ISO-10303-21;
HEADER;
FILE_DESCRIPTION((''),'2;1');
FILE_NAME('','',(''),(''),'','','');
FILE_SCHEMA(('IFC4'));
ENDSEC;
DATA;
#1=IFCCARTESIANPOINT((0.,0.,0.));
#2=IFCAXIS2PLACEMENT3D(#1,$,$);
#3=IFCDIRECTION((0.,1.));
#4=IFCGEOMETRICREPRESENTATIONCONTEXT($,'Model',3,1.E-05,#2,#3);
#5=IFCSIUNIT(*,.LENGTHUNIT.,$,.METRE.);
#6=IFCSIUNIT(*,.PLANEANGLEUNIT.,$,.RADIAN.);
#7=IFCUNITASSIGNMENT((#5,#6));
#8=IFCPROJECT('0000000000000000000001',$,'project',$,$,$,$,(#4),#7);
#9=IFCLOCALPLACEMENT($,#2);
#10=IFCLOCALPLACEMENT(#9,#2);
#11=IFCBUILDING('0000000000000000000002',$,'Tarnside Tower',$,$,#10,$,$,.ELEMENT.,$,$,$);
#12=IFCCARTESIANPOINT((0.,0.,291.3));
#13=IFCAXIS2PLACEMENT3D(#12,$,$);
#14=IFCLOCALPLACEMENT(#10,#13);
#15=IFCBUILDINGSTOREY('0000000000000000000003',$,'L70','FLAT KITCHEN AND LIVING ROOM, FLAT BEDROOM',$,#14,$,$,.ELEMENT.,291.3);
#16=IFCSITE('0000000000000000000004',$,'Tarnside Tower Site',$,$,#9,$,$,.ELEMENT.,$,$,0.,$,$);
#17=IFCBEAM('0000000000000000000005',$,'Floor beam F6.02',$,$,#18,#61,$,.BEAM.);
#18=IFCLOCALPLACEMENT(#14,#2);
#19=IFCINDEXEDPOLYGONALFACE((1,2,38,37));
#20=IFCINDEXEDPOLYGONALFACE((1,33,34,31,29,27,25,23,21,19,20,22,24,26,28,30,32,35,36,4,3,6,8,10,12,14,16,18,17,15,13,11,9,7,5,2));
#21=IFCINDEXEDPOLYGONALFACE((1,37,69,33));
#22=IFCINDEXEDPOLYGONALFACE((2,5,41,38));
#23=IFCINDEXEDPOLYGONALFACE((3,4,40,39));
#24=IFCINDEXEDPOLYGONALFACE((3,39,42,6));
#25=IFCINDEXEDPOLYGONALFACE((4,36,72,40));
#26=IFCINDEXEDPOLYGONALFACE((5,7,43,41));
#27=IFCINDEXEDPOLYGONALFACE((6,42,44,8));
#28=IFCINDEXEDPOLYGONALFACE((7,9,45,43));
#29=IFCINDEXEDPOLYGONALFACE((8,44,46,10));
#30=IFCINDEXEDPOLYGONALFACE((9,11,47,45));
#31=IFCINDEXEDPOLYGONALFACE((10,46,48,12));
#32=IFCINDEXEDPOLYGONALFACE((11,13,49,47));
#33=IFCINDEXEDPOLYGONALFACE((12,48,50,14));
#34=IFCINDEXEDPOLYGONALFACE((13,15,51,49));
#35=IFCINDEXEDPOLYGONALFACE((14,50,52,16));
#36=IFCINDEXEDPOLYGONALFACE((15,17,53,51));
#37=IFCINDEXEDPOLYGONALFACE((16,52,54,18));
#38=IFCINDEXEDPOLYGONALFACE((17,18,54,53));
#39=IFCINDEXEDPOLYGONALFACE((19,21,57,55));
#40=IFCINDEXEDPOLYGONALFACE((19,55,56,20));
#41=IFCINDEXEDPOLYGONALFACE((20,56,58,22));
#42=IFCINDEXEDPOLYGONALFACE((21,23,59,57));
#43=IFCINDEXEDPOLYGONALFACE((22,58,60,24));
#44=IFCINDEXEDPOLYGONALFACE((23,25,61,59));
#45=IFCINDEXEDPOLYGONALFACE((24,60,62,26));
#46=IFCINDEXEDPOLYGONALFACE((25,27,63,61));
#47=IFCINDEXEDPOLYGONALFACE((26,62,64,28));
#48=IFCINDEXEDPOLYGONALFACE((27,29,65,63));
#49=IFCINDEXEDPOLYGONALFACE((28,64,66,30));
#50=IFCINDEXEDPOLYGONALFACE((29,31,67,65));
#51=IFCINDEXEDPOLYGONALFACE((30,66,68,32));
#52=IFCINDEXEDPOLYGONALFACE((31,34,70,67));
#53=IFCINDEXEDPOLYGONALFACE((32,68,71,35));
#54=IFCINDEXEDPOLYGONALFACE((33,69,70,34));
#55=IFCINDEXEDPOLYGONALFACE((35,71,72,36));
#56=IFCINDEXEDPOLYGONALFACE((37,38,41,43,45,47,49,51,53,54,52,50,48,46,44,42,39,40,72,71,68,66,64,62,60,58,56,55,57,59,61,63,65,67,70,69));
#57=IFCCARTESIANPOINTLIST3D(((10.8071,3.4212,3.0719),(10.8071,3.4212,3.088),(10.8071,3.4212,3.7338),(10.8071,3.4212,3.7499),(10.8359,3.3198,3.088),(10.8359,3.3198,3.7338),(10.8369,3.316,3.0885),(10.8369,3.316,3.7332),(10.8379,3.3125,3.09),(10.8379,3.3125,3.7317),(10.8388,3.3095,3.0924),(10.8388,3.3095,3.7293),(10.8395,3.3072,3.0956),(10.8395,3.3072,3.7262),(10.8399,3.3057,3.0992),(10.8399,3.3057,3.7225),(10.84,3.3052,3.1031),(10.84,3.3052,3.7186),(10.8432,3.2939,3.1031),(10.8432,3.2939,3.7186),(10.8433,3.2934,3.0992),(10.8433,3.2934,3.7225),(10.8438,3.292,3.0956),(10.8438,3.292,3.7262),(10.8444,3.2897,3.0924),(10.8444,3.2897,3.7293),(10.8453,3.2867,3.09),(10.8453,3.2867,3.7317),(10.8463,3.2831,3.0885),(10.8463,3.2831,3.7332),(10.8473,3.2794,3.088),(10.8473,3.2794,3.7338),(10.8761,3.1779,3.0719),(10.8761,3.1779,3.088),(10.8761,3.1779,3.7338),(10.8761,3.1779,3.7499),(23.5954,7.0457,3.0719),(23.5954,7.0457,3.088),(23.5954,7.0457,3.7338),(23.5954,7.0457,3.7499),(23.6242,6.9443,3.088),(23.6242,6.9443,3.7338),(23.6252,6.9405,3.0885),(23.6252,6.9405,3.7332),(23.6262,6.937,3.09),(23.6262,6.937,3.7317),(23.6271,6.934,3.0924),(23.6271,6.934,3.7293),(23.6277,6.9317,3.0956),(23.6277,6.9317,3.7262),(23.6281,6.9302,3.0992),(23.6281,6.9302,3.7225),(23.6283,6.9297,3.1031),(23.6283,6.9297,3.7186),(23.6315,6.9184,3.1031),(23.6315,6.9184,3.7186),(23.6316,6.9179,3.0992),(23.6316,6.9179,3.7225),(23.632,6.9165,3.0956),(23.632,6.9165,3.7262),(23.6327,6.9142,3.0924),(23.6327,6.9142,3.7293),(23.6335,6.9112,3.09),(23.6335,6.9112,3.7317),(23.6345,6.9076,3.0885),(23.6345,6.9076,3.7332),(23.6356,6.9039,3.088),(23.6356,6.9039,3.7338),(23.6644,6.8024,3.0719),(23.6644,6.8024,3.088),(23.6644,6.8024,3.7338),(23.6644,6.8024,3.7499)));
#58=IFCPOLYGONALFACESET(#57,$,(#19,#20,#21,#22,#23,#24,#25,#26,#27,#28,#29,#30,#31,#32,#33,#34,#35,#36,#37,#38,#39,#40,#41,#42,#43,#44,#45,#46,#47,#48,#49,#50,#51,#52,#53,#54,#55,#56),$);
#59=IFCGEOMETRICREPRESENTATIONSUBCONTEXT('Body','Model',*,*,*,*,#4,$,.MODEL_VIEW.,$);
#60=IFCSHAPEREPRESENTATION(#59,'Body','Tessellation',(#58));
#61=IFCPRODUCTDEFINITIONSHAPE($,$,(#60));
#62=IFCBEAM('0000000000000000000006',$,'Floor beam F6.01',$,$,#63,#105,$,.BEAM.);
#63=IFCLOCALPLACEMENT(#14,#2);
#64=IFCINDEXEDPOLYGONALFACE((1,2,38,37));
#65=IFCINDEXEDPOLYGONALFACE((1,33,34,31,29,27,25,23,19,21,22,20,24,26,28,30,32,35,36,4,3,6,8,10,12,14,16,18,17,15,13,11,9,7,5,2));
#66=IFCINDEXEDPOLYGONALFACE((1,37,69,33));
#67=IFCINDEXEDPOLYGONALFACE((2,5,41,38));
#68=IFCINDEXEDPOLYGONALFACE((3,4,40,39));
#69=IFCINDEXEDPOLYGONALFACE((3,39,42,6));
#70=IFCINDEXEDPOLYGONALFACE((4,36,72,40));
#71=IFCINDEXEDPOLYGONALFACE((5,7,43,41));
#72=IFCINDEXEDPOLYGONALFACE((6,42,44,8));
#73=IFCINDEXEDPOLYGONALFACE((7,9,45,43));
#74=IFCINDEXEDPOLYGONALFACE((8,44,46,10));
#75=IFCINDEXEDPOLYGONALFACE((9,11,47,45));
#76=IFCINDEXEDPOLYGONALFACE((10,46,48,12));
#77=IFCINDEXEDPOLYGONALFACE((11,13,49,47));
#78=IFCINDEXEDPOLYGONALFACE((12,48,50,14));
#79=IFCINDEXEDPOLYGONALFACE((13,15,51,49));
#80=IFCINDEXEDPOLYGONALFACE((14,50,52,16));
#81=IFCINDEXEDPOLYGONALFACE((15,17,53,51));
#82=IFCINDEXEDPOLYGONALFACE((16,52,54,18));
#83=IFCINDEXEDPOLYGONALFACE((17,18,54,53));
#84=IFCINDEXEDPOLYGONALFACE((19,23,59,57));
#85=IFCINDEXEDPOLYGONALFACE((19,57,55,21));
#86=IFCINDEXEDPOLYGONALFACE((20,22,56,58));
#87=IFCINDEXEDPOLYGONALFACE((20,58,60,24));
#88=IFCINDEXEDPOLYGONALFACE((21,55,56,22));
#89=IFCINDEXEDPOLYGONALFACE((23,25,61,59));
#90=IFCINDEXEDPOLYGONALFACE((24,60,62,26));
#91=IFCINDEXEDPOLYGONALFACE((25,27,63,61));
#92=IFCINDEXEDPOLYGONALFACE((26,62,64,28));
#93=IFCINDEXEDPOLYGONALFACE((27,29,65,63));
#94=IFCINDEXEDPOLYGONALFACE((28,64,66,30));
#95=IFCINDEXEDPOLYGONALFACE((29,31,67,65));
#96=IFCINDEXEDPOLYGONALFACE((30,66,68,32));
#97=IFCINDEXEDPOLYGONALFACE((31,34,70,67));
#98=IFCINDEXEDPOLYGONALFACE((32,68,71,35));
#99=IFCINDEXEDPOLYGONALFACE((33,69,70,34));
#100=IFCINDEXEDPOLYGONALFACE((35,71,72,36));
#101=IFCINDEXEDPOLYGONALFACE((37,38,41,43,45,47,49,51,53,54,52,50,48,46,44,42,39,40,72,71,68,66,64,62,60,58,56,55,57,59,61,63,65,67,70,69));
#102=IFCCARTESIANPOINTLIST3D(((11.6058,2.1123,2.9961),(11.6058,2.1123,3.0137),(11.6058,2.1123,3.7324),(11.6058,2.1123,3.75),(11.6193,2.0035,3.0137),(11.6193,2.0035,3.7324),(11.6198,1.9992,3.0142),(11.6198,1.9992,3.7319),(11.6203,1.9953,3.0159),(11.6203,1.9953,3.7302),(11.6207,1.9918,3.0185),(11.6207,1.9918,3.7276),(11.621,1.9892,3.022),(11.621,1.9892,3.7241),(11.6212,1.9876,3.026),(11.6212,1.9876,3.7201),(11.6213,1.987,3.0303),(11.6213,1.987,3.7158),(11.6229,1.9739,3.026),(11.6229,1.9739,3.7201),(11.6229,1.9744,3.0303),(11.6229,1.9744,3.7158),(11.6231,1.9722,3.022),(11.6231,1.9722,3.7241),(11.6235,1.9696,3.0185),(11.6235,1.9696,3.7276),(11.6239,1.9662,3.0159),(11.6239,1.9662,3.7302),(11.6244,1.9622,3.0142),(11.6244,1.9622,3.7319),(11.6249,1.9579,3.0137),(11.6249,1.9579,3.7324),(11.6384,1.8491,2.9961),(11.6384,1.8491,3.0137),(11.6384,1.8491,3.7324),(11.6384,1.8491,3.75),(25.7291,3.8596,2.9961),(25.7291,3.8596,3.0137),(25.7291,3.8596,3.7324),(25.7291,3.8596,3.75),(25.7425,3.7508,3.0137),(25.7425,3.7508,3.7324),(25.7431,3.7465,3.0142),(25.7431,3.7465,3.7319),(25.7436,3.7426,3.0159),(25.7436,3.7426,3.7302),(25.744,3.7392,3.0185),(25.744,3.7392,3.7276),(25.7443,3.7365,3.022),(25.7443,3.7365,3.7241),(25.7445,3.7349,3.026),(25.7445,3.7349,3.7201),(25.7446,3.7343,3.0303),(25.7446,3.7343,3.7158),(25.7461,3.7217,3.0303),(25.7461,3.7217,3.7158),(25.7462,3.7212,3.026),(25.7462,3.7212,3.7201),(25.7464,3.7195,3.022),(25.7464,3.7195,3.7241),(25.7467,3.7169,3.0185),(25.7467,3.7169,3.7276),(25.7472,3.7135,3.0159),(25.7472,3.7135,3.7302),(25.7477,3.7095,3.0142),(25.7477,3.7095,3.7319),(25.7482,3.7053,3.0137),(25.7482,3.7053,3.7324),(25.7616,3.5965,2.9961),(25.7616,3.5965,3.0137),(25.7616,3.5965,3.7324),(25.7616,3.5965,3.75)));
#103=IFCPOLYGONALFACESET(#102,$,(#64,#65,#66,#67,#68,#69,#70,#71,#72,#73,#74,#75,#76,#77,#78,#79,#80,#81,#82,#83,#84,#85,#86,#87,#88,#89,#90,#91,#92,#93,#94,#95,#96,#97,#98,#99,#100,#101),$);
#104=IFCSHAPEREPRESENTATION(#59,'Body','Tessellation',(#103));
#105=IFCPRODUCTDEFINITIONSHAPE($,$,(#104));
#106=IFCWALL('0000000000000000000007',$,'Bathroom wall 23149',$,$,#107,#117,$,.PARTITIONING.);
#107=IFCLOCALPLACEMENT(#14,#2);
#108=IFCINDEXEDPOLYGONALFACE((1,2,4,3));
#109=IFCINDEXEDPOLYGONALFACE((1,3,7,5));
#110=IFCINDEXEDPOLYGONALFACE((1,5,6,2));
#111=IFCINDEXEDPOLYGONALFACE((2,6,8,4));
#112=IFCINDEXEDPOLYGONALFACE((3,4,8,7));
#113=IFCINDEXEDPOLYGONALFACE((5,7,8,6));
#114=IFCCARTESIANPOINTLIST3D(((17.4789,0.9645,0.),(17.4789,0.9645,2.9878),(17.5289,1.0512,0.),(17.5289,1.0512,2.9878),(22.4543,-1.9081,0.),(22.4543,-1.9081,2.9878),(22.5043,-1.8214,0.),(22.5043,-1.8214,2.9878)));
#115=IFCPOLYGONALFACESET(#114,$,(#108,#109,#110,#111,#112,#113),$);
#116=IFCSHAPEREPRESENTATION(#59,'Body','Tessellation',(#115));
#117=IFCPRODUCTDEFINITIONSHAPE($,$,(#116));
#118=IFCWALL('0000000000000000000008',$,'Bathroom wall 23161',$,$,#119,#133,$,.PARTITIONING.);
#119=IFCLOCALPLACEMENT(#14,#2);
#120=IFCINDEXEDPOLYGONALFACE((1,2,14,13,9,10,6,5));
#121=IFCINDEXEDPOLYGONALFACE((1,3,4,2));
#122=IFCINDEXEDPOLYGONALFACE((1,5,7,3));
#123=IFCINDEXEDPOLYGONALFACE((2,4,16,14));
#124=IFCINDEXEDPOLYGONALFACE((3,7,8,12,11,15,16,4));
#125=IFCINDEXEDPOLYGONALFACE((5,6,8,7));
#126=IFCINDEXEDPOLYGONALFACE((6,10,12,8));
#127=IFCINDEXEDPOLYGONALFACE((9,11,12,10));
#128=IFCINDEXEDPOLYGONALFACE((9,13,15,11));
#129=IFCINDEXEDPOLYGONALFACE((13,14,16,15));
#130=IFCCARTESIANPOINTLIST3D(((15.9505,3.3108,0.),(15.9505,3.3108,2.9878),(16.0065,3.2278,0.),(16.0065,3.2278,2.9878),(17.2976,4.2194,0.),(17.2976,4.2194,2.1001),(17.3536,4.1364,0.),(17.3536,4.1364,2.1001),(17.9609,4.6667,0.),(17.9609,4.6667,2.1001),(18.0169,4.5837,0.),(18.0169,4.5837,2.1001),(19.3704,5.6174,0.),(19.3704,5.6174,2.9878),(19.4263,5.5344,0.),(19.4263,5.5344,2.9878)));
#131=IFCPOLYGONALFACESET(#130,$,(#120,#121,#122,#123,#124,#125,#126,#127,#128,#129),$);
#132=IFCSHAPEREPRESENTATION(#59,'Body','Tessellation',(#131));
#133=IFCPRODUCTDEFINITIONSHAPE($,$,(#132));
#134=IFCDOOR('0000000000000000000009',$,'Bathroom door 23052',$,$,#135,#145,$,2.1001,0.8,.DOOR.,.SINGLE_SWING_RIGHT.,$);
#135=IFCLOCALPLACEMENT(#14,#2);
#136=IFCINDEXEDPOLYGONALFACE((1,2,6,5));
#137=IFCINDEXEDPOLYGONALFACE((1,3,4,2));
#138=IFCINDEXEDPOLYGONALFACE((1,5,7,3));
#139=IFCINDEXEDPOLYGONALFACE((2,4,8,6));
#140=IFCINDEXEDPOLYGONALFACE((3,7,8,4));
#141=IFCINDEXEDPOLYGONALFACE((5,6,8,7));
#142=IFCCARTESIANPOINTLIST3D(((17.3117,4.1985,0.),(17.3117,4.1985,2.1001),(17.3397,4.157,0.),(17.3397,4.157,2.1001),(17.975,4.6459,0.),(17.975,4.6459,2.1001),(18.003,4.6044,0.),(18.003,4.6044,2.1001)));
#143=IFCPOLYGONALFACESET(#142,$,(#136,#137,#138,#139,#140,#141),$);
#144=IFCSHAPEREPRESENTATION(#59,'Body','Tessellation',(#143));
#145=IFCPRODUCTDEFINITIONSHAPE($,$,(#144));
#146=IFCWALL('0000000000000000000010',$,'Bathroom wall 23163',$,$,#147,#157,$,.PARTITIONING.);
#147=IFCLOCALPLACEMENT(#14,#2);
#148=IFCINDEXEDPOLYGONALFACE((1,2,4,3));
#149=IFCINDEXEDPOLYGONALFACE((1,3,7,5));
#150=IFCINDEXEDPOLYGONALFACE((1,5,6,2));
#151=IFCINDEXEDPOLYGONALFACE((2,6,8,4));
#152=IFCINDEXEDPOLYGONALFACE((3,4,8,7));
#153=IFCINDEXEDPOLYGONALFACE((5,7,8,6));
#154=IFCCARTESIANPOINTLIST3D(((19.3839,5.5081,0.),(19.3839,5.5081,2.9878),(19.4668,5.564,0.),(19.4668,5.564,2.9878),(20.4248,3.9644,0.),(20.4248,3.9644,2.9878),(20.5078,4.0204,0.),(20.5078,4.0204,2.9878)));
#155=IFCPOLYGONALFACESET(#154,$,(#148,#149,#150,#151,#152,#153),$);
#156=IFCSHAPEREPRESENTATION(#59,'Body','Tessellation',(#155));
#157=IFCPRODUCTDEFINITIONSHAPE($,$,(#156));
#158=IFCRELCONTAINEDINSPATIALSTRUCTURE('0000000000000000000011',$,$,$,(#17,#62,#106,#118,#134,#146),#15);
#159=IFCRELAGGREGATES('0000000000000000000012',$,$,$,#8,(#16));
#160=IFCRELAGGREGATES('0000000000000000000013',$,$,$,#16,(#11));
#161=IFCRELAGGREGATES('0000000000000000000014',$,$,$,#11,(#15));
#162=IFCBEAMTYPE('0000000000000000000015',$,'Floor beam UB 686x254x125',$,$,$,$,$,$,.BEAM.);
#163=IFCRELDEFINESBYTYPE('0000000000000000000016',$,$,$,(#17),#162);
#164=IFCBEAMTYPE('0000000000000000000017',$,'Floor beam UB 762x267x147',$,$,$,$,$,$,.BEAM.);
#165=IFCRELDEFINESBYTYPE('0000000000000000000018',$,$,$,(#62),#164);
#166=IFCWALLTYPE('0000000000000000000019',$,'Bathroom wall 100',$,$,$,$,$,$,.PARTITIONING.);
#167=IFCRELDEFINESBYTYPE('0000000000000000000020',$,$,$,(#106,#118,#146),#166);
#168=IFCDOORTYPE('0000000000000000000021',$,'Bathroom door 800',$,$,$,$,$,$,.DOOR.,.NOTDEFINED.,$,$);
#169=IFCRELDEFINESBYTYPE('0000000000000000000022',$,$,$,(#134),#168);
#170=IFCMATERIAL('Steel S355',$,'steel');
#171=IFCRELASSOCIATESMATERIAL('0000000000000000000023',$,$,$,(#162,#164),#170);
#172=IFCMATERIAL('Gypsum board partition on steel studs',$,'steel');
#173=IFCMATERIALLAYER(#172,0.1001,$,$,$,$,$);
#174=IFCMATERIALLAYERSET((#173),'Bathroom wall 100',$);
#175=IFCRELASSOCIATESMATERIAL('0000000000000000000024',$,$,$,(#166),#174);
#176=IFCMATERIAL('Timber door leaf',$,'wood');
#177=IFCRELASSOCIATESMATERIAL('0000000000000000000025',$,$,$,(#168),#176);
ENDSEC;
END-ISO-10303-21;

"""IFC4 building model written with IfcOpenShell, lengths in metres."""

from ifc_helpers import new_model, si_unit, direction, frame, frame_2d, origin, origin_2d, place, context, subcontext, project, spatial, rectangle, i_section, extrude, material, layer, layer_set, material_profile, profile_set, type_object, element, fill, save


model = new_model("IFC4")

# Units and contexts
model_context = context("Model", 3, precision=1e-05, world=origin(), true_north=direction((0.0, 1.0)))
body_context = subcontext(model_context, "Body", "Model", "MODEL_VIEW")
ifc_project = project(units=[si_unit("LENGTHUNIT", "METRE"), si_unit("PLANEANGLEUNIT", "RADIAN")], contexts=[model_context])

# Site, building, storey
site_placement = place(None, origin())
site = spatial("IfcSite", under=ifc_project, at=site_placement, Name="Tarnside Tower Site", CompositionType="ELEMENT", RefElevation=0.0)
building_placement = place(site_placement, origin())
building = spatial("IfcBuilding", under=site, at=building_placement, Name="Tarnside Tower", CompositionType="ELEMENT")
storey_placement = place(building_placement, frame((0.0, 0.0, 291.3)))
storey = spatial("IfcBuildingStorey", under=building, at=storey_placement, Name="L70", Description="FLAT KITCHEN AND LIVING ROOM, FLAT BEDROOM", CompositionType="ELEMENT", Elevation=291.3)

# Beams
ifc_material_1 = material(Name="Steel S355", Category="steel")
ifc_material_profile_1 = material_profile(ifc_material_1, i_section(OverallWidth=0.2529, OverallDepth=0.678, WebThickness=0.0117, FlangeThickness=0.0161, FilletRadius=0.0151, at=origin_2d()), Name="UB 686x254x125")
ifc_profile_set_1 = profile_set([ifc_material_profile_1], Name="Steel S355")
beam_type_1 = type_object("IfcBeamType", Name="Floor beam UB 686x254x125", PredefinedType="BEAM", material=ifc_profile_set_1)
beam_1_placement = place(storey_placement, frame((23.6299, 6.9241, 3.4109), z_axis=(-0.962104, -0.272683, 0.0), x_axis=(0.272683, -0.962104, 0.0)))
element("IfcBeam", 1, at=beam_1_placement, inside=storey, type_object=beam_type_1, Name="Floor beam F6.02", PredefinedType="BEAM", context=body_context, shape_type="SweptSolid", body=[
    extrude(i_section(OverallWidth=0.2529, OverallDepth=0.678, WebThickness=0.0117, FlangeThickness=0.0161, FilletRadius=0.0151, at=origin_2d()), origin(), (0.0, 0.0, 1.0), 13.292),
])
ifc_material_profile_2 = material_profile(ifc_material_1, i_section(OverallWidth=0.2651, OverallDepth=0.7539, WebThickness=0.0127, FlangeThickness=0.0176, FilletRadius=0.0166, at=origin_2d()), Name="UB 762x267x147")
ifc_profile_set_2 = profile_set([ifc_material_profile_2], Name="Steel S355")
beam_type_2 = type_object("IfcBeamType", Name="Floor beam UB 762x267x147", PredefinedType="BEAM", material=ifc_profile_set_2)
beam_2_placement = place(storey_placement, frame((25.7454, 3.728, 3.373), z_axis=(-0.992434, -0.122783, 0.0), x_axis=(0.122783, -0.992434, 0.0)))
element("IfcBeam", 2, at=beam_2_placement, inside=storey, type_object=beam_type_2, Name="Floor beam F6.01", PredefinedType="BEAM", context=body_context, shape_type="SweptSolid", body=[
    extrude(i_section(OverallWidth=0.2651, OverallDepth=0.7539, WebThickness=0.0127, FlangeThickness=0.0176, FilletRadius=0.0166, at=origin_2d()), origin(), (0.0, 0.0, 1.0), 14.231),
])

# Wall
ifc_material_2 = material(Name="Gypsum board partition on steel studs", Category="steel")
ifc_layer_1 = layer(ifc_material_2, 0.1001)
ifc_layer_set_1 = layer_set([ifc_layer_1], Name="Bathroom wall 100")
wall_type_1 = type_object("IfcWallType", Name="Bathroom wall 100", PredefinedType="PARTITIONING", material=ifc_layer_set_1)
wall_1_placement = place(storey_placement, frame((17.5039, 1.0078, 0.0), z_axis=(0.0, 0.0, 1.0), x_axis=(0.866022, -0.500006, 0.0)))
element("IfcWall", 3, at=wall_1_placement, inside=storey, type_object=wall_type_1, Name="Bathroom wall 23149", PredefinedType="PARTITIONING", context=body_context, shape_type="SweptSolid", body=[
    extrude(rectangle(XDim=5.7451, YDim=0.1001, at=frame_2d((2.8726, 0.0))), origin(), (0.0, 0.0, 1.0), 2.9878),
])

# Wall, opening, door
wall_2_placement = place(storey_placement, frame((15.9785, 3.2693, 0.0), z_axis=(0.0, 0.0, 1.0), x_axis=(0.829052, 0.559172, 0.0)))
wall_2 = element("IfcWall", 4, at=wall_2_placement, inside=storey, type_object=wall_type_1, Name="Bathroom wall 23161", PredefinedType="PARTITIONING", context=body_context, shape_type="SweptSolid", body=[
    extrude(rectangle(XDim=4.125, YDim=0.1001, at=frame_2d((2.0625, 0.0))), origin(), (0.0, 0.0, 1.0), 2.9878),
])
opening_1_placement = place(wall_2_placement, frame((1.625, 0.0, 0.0)))
opening_1 = element("IfcOpeningElement", 5, at=opening_1_placement, cuts=wall_2, PredefinedType="OPENING", context=body_context, shape_type="SweptSolid", body=[
    extrude(rectangle(XDim=0.8, YDim=2.1001, at=frame_2d((0.3999, 1.05))), frame((0.0, 0.0601, 0.0), z_axis=(0.0, -1.0, 0.0), x_axis=(1.0, 0.0, 0.0)), (0.0, 0.0, 1.0), 0.1201),
])
ifc_material_3 = material(Name="Timber door leaf", Category="wood")
door_type_1 = type_object("IfcDoorType", Name="Bathroom door 800", OperationType="NOTDEFINED", PredefinedType="DOOR", material=ifc_material_3)
door_1_placement = place(opening_1_placement, origin())
door_1 = element("IfcDoor", 6, at=door_1_placement, inside=storey, type_object=door_type_1, Name="Bathroom door 23052", OperationType="SINGLE_SWING_RIGHT", OverallHeight=2.1001, OverallWidth=0.8, PredefinedType="DOOR", context=body_context, shape_type="SweptSolid", body=[
    extrude(rectangle(XDim=0.8, YDim=2.1001, at=frame_2d((0.3999, 1.05))), frame((0.0, 0.0249, 0.0), z_axis=(0.0, -1.0, 0.0), x_axis=(1.0, 0.0, 0.0)), (0.0, 0.0, 1.0), 0.05),
])
fill(opening_1, door_1)

# Wall
wall_3_placement = place(storey_placement, frame((20.4663, 3.9924, 0.0), z_axis=(0.0, 0.0, 1.0), x_axis=(-0.55911, 0.829093, 0.0)))
element("IfcWall", 7, at=wall_3_placement, inside=storey, type_object=wall_type_1, Name="Bathroom wall 23163", PredefinedType="PARTITIONING", context=body_context, shape_type="SweptSolid", body=[
    extrude(rectangle(XDim=1.8618, YDim=0.1001, at=frame_2d((0.9309, 0.0))), origin(), (0.0, 0.0, 1.0), 2.9878),
])

save(model, "model.ifc")
